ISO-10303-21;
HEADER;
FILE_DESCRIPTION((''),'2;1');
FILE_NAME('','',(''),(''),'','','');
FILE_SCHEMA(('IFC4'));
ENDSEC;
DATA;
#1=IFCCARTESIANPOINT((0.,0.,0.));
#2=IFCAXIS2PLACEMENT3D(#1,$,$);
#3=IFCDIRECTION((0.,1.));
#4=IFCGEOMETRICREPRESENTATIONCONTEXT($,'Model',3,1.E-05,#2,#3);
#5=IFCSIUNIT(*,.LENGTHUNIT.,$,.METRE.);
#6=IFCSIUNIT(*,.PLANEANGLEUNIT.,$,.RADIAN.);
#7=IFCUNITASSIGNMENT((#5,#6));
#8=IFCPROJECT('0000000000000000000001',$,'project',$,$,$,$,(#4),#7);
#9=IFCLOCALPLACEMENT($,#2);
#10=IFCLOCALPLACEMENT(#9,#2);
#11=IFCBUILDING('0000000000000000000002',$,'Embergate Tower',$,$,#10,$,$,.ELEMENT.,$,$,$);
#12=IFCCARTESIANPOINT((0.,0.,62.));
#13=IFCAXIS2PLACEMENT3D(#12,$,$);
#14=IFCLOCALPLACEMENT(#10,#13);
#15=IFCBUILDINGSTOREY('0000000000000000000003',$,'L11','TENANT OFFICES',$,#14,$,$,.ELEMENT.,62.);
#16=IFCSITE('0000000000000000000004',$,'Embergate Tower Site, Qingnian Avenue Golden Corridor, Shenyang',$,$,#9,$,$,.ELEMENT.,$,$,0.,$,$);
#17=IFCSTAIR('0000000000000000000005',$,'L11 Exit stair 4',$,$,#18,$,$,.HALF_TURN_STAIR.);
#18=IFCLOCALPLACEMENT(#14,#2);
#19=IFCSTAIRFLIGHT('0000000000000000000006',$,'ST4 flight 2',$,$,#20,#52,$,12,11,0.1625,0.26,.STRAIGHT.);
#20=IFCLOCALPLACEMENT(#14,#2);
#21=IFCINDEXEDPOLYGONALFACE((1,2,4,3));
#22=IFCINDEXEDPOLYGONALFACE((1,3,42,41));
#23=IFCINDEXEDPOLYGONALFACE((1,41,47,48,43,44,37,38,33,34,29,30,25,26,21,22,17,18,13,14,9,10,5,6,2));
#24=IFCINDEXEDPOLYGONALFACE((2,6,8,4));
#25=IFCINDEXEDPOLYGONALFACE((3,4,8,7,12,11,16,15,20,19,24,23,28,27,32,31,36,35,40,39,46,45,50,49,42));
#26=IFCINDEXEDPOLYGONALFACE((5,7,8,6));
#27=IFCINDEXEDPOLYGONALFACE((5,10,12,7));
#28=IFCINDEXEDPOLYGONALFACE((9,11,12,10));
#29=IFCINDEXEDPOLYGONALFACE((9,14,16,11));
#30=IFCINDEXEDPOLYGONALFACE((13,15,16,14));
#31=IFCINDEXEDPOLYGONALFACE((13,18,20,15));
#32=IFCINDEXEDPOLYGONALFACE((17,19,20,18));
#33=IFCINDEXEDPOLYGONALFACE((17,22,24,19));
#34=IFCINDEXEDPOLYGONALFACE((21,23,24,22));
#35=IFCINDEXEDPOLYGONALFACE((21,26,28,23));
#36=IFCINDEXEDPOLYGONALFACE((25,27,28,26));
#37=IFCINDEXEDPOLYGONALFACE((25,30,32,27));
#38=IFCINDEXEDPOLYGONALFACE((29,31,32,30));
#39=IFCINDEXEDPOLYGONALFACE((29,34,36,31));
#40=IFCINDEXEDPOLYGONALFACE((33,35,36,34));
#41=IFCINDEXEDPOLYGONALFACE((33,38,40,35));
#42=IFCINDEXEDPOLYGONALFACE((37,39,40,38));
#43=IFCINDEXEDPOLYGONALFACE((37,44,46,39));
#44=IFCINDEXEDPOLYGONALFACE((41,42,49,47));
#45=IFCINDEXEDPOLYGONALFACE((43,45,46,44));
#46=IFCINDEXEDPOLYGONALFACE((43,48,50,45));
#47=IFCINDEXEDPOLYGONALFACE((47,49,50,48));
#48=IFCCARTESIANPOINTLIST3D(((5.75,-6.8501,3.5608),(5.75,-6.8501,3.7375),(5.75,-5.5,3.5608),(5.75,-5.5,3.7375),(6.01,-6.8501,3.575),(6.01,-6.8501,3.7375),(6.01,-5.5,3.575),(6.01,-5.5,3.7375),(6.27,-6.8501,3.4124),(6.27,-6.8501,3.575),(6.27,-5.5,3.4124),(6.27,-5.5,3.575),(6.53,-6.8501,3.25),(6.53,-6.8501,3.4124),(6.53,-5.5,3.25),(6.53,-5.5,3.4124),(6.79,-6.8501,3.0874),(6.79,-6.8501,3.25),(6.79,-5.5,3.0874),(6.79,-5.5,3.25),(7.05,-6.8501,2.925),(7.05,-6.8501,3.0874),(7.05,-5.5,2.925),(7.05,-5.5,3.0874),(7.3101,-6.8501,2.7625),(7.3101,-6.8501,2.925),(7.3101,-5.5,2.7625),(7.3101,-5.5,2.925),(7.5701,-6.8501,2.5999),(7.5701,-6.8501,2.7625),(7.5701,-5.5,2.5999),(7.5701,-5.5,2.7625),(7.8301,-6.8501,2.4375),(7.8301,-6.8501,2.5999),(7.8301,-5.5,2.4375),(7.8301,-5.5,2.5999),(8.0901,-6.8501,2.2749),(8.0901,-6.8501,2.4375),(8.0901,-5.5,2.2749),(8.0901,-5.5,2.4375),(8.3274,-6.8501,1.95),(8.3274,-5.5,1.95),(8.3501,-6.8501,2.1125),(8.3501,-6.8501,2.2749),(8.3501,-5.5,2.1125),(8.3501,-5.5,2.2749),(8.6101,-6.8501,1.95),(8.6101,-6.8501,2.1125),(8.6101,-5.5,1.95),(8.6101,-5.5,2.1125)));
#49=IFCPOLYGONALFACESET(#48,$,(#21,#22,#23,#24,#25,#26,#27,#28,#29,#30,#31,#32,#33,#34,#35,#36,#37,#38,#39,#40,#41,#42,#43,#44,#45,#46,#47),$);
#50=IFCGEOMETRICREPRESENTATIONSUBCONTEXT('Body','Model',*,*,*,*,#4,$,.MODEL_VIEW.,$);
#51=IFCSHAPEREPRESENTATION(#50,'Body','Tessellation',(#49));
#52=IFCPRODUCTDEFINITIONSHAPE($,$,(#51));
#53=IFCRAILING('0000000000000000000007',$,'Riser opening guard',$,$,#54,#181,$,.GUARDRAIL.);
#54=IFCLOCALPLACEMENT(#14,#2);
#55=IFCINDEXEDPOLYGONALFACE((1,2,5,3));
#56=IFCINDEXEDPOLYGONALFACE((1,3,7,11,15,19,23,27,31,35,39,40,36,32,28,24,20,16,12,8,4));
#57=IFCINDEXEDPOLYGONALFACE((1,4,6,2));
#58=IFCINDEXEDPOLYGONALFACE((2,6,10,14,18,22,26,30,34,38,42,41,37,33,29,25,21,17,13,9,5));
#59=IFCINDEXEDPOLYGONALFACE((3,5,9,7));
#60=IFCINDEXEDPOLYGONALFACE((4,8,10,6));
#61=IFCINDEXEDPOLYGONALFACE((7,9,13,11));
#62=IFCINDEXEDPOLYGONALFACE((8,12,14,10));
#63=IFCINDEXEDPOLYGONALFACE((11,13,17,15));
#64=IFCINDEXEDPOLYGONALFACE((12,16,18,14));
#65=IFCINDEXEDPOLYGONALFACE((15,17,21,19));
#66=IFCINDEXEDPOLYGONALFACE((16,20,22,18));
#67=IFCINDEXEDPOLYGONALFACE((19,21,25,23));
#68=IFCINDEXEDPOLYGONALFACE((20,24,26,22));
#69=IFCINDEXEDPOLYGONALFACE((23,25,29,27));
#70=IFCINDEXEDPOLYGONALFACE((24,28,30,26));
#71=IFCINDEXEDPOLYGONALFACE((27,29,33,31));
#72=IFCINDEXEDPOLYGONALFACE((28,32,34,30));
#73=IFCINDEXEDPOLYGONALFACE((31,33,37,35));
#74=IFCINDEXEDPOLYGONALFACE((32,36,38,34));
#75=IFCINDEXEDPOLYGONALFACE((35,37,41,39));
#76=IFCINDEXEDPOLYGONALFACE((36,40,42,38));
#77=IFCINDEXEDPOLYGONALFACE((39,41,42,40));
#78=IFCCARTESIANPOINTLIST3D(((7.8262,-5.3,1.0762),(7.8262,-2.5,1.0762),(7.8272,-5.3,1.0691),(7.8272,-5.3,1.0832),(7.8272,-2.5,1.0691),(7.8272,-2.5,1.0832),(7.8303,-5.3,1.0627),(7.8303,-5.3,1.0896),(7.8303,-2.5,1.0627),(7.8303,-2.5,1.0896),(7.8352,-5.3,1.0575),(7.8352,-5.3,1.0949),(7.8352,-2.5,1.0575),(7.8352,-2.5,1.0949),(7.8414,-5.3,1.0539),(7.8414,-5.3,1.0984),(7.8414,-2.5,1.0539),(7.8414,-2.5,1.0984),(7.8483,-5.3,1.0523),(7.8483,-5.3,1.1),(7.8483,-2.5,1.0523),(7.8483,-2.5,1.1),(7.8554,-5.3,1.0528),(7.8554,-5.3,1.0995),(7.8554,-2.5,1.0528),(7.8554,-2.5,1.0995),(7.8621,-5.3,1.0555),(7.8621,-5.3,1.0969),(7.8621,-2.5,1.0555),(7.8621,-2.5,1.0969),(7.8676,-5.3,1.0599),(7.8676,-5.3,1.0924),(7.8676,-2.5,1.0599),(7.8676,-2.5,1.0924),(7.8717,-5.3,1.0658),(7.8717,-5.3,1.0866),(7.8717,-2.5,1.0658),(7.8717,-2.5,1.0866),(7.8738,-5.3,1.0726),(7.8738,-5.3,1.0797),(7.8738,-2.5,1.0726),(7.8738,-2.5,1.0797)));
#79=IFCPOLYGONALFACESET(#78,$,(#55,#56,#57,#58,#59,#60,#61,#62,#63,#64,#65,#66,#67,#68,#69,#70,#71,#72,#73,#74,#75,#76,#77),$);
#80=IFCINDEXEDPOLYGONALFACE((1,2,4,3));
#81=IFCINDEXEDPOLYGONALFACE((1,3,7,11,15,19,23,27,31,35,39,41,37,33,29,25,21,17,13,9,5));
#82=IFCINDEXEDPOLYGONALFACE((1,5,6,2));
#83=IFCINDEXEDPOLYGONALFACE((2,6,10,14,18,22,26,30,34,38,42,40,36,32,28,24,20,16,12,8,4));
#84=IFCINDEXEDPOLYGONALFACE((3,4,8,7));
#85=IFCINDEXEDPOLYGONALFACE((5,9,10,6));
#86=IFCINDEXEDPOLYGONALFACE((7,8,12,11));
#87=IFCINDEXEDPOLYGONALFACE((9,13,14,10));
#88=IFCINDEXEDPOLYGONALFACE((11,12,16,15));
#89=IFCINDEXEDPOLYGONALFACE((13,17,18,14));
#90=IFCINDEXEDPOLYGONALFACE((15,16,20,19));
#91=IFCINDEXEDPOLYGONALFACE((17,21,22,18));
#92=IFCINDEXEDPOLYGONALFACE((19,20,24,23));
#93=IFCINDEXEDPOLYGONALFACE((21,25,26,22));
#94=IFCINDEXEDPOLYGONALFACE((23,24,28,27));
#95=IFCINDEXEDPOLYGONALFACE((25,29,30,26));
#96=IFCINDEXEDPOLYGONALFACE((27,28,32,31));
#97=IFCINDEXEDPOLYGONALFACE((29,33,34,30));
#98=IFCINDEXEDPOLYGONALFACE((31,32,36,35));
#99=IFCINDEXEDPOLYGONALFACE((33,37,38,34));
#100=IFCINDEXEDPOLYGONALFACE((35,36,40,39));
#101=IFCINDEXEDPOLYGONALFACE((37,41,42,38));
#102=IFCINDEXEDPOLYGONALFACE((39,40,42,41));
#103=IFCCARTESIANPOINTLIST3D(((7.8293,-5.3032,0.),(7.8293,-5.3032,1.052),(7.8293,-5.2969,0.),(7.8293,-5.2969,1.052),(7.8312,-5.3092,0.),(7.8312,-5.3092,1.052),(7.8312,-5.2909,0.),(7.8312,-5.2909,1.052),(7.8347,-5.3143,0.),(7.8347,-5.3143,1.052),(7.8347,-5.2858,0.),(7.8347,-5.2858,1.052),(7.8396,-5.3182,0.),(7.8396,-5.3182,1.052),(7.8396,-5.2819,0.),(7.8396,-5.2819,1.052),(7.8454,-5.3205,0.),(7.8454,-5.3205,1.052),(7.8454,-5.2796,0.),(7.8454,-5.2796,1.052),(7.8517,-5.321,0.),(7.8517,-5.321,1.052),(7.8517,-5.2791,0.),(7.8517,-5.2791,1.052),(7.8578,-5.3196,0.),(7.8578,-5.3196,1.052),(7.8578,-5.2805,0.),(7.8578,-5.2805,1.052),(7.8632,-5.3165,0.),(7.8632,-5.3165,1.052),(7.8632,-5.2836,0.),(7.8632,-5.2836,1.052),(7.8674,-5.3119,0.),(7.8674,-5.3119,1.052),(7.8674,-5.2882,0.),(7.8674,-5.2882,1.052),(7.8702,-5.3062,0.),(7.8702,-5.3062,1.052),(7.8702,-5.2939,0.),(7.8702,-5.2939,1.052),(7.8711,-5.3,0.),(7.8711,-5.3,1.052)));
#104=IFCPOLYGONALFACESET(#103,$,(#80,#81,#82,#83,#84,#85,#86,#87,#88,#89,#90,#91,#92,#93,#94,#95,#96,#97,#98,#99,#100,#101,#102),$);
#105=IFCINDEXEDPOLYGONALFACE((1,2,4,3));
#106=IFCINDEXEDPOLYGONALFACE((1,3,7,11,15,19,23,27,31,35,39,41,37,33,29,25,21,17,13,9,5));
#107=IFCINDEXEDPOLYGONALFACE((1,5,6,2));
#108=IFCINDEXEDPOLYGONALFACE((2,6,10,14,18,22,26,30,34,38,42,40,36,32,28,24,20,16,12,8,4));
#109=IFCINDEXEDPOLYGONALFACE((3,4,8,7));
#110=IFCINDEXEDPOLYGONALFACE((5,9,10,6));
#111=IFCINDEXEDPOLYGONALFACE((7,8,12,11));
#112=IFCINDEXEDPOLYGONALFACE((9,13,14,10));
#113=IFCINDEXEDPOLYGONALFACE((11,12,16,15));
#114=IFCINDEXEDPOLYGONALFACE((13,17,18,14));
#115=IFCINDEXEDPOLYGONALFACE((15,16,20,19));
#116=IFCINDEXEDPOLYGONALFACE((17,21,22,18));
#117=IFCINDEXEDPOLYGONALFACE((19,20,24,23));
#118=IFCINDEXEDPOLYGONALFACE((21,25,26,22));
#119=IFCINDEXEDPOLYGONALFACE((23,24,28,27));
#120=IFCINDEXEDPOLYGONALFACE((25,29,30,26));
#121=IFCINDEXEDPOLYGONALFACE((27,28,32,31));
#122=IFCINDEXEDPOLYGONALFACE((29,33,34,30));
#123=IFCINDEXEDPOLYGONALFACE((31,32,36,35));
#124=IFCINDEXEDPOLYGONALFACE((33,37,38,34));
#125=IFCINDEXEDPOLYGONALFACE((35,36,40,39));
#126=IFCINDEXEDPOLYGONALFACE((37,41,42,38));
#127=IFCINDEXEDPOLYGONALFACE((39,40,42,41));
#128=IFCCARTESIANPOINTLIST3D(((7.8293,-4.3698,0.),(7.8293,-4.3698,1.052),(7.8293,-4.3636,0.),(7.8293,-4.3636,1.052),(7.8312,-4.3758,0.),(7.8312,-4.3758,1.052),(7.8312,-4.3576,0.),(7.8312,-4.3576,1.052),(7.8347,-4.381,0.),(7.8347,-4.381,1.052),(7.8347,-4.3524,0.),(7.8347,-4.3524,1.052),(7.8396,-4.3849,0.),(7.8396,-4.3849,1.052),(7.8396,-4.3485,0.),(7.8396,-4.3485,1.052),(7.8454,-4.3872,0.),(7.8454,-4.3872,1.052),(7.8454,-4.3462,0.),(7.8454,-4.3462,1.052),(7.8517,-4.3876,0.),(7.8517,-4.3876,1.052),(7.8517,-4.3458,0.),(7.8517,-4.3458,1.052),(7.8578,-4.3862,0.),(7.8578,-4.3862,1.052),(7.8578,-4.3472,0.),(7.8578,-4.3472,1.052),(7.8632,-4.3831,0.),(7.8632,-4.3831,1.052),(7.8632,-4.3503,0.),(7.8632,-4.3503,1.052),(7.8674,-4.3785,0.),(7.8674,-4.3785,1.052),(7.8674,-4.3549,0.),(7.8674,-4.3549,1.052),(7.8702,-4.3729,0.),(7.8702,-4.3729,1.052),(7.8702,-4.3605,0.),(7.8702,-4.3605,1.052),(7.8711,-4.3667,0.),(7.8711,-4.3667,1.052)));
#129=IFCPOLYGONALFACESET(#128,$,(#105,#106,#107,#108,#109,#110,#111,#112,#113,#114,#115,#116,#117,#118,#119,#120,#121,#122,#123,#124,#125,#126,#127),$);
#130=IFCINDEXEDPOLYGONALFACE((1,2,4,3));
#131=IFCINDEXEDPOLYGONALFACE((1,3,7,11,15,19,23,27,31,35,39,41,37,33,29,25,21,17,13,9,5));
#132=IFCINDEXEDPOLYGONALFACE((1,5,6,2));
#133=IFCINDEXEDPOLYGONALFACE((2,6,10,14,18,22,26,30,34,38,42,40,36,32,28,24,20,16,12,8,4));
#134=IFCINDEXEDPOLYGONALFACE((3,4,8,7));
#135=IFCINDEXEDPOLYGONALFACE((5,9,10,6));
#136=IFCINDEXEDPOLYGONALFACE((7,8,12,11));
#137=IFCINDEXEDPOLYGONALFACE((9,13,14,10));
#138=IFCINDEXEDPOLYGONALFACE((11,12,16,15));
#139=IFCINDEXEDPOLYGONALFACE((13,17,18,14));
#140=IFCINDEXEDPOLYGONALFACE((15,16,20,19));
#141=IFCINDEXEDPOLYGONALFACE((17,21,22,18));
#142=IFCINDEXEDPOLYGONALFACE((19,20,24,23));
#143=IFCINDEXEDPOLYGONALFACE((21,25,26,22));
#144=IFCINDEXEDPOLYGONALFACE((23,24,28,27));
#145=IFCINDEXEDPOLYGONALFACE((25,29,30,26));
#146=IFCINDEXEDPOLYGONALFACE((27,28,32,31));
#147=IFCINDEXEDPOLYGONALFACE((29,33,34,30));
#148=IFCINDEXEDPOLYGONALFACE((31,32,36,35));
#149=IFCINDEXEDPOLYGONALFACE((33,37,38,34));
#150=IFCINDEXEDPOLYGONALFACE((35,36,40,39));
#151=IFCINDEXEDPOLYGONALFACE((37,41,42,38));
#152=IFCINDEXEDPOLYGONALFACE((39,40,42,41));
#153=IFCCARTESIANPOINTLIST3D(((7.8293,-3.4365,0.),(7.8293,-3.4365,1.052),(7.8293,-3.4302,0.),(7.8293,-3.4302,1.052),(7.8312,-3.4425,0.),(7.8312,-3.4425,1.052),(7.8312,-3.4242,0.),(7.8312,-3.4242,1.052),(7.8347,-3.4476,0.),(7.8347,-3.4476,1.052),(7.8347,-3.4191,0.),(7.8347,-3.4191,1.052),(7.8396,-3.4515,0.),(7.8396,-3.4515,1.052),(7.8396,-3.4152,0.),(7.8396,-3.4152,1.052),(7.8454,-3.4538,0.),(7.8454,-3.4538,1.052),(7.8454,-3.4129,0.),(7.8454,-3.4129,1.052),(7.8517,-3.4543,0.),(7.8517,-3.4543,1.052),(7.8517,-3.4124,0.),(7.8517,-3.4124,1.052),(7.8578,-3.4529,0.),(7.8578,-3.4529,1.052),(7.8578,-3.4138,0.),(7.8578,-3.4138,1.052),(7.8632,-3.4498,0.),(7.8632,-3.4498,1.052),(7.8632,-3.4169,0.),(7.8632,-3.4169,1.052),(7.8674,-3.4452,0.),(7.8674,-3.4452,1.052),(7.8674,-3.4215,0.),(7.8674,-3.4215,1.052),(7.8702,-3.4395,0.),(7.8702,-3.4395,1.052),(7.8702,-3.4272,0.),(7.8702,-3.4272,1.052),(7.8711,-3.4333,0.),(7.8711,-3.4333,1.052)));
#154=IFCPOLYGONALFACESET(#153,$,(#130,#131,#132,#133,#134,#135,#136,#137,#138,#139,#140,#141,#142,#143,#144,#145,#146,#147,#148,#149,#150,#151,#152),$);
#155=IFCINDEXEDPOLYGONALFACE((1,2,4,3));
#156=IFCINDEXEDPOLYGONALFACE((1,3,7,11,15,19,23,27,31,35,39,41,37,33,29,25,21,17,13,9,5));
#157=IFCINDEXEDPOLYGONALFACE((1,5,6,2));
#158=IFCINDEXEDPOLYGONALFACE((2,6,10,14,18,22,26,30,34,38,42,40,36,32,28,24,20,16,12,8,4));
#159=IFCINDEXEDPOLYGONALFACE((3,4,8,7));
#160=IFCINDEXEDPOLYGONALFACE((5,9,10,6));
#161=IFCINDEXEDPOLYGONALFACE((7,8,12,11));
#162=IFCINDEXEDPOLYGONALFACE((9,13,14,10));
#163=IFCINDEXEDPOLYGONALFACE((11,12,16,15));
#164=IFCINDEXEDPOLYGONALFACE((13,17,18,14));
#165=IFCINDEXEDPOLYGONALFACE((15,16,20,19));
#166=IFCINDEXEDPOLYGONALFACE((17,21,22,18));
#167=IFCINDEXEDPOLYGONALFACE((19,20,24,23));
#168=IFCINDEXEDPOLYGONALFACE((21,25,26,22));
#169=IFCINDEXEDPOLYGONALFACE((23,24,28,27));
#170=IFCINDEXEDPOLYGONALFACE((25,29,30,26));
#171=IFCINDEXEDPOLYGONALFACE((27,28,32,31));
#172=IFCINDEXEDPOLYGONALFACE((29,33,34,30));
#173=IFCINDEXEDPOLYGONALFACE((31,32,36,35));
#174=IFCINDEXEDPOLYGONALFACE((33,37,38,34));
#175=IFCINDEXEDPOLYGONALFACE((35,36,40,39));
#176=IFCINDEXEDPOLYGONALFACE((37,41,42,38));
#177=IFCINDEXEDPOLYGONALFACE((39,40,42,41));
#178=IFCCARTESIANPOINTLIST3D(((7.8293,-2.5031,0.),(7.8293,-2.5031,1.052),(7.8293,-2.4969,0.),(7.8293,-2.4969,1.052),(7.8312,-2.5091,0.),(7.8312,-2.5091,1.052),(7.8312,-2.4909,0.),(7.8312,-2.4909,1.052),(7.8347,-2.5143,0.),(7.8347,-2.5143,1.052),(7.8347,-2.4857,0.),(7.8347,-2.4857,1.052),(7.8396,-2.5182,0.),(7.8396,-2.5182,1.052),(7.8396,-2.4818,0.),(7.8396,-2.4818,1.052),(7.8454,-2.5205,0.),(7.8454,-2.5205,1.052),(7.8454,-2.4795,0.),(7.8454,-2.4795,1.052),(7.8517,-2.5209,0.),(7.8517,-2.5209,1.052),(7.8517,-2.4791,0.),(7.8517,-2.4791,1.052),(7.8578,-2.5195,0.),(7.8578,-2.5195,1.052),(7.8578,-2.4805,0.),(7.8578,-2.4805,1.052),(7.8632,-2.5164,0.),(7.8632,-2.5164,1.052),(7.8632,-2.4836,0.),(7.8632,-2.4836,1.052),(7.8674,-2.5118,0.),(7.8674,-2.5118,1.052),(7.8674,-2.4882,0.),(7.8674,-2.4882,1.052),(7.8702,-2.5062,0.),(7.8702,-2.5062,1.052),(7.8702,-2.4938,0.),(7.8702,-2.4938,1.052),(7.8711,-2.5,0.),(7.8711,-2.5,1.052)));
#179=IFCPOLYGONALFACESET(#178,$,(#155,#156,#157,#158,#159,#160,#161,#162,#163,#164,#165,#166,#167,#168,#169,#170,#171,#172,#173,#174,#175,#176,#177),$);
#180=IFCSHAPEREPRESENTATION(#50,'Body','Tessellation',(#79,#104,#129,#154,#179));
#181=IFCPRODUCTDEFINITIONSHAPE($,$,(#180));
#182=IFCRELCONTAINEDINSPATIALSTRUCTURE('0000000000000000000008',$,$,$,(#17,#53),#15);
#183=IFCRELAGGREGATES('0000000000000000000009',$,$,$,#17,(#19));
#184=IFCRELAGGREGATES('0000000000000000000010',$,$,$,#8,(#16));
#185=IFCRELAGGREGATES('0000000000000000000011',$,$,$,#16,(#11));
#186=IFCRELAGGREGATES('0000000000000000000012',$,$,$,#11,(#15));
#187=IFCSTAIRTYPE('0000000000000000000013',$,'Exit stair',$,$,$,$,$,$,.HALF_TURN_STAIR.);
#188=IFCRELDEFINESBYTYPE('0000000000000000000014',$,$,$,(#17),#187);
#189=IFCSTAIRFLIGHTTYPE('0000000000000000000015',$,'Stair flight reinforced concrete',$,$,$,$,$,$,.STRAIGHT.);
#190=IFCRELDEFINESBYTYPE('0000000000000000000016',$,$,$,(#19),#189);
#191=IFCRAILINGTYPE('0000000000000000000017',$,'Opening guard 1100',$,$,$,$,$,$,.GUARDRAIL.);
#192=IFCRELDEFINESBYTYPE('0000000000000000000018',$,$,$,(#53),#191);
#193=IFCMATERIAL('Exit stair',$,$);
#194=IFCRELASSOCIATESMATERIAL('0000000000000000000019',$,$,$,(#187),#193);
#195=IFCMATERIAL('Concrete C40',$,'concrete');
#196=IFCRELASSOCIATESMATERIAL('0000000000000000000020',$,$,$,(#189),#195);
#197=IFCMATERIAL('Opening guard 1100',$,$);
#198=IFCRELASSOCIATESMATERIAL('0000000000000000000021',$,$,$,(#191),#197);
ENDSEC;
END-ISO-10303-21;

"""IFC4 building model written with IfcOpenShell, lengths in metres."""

from ifc_helpers import new_model, si_unit, direction, frame, origin, origin_2d, place, context, subcontext, project, spatial, polyline, circle, outline, extrude, source, transform, mapped, material, type_object, element, aggregate, save


model = new_model("IFC4")

# Units and contexts
model_context = context("Model", 3, precision=1e-05, world=origin(), true_north=direction((0.0, 1.0)))
body_context = subcontext(model_context, "Body", "Model", "MODEL_VIEW")
ifc_project = project(units=[si_unit("LENGTHUNIT", "METRE"), si_unit("PLANEANGLEUNIT", "RADIAN")], contexts=[model_context])

# Site, building, storey
site_placement = place(None, origin())
site = spatial("IfcSite", under=ifc_project, at=site_placement, Name="Embergate Tower Site, Qingnian Avenue Golden Corridor, Shenyang", CompositionType="ELEMENT", RefElevation=0.0)
building_placement = place(site_placement, origin())
building = spatial("IfcBuilding", under=site, at=building_placement, Name="Embergate Tower", CompositionType="ELEMENT")
storey_placement = place(building_placement, frame((0.0, 0.0, 62.0)))
storey = spatial("IfcBuildingStorey", under=building, at=storey_placement, Name="L11", Description="TENANT OFFICES", CompositionType="ELEMENT", Elevation=62.0)

# Stair
ifc_material_1 = material(Name="Exit stair")
stair_type = type_object("IfcStairType", Name="Exit stair", PredefinedType="HALF_TURN_STAIR", material=ifc_material_1)
stair_placement = place(storey_placement, origin())
stair = element("IfcStair", 1, at=stair_placement, inside=storey, type_object=stair_type, Name="L11 Exit stair 4", PredefinedType="HALF_TURN_STAIR")
ifc_material_2 = material(Name="Concrete C40", Category="concrete")

# Stair flight
stair_flight_type = type_object("IfcStairFlightType", Name="Stair flight reinforced concrete", PredefinedType="STRAIGHT", material=ifc_material_2)
shared_shape_1 = source(origin(), body_context, "Body", "SweptSolid", [
    extrude(outline(polyline([(0.0, 0.0), (0.0, 0.1626), (0.26, 0.1626), (0.26, 0.325), (0.52, 0.325), (0.52, 0.4875), (0.78, 0.4875), (0.78, 0.6499), (1.04, 0.6499), (1.04, 0.8125), (1.3, 0.8125), (1.3, 0.9751), (1.5601, 0.9751), (1.5601, 1.1375), (1.8201, 1.1375), (1.8201, 1.3), (2.0801, 1.3), (2.0801, 1.4624), (2.3401, 1.4624), (2.3401, 1.625), (2.6001, 1.625), (2.6001, 1.7876), (2.8601, 1.7876), (2.8601, 1.95), (2.8601, 1.6108), (0.2827, 0.0), (0.0, 0.0)])), frame((0.0, 0.675, 0.0), z_axis=(0.0, -1.0, 0.0), x_axis=(1.0, 0.0, 0.0)), (0.0, 0.0, 1.0), 1.3501),
])
stair_flight_placement = place(storey_placement, frame((8.6101, -6.175, 1.95), z_axis=(0.0, 0.0, 1.0), x_axis=(-1.0, 0.0, 0.0)))
stair_flight = element("IfcStairFlight", 2, at=stair_flight_placement, type_object=stair_flight_type, Name="ST4 flight 2", NumberOfRisers=12, NumberOfTreads=11, PredefinedType="STRAIGHT", RiserHeight=0.1625, TreadLength=0.26, context=body_context, shape_type="MappedRepresentation", body=[
    mapped(shared_shape_1, transform((0.0, 0.0, 0.0))),
])
aggregate(stair, [stair_flight])

# Railing
ifc_material_3 = material(Name="Opening guard 1100")
railing_type = type_object("IfcRailingType", Name="Opening guard 1100", PredefinedType="GUARDRAIL", material=ifc_material_3)
shared_shape_2 = source(origin(), body_context, "Body", "SweptSolid", [
    extrude(circle(Radius=0.0239, at=origin_2d()), frame((0.0, 0.0, 1.0762), z_axis=(0.0, 1.0, 0.0), x_axis=(-1.0, 0.0, 0.0)), (0.0, 0.0, 1.0), 2.8),
    extrude(circle(Radius=0.021, at=origin_2d()), origin(), (0.0, 0.0, 1.0), 1.052),
    extrude(circle(Radius=0.021, at=origin_2d()), frame((0.0, 0.9333, 0.0)), (0.0, 0.0, 1.0), 1.052),
    extrude(circle(Radius=0.021, at=origin_2d()), frame((0.0, 1.8667, 0.0)), (0.0, 0.0, 1.0), 1.052),
    extrude(circle(Radius=0.021, at=origin_2d()), frame((0.0, 2.8, 0.0)), (0.0, 0.0, 1.0), 1.052),
])
railing_placement = place(storey_placement, frame((7.8501, -5.3, 0.0)))
element("IfcRailing", 3, at=railing_placement, inside=storey, type_object=railing_type, Name="Riser opening guard", PredefinedType="GUARDRAIL", context=body_context, shape_type="MappedRepresentation", body=[
    mapped(shared_shape_2, transform((0.0, 0.0, 0.0))),
])

save(model, "model.ifc")
